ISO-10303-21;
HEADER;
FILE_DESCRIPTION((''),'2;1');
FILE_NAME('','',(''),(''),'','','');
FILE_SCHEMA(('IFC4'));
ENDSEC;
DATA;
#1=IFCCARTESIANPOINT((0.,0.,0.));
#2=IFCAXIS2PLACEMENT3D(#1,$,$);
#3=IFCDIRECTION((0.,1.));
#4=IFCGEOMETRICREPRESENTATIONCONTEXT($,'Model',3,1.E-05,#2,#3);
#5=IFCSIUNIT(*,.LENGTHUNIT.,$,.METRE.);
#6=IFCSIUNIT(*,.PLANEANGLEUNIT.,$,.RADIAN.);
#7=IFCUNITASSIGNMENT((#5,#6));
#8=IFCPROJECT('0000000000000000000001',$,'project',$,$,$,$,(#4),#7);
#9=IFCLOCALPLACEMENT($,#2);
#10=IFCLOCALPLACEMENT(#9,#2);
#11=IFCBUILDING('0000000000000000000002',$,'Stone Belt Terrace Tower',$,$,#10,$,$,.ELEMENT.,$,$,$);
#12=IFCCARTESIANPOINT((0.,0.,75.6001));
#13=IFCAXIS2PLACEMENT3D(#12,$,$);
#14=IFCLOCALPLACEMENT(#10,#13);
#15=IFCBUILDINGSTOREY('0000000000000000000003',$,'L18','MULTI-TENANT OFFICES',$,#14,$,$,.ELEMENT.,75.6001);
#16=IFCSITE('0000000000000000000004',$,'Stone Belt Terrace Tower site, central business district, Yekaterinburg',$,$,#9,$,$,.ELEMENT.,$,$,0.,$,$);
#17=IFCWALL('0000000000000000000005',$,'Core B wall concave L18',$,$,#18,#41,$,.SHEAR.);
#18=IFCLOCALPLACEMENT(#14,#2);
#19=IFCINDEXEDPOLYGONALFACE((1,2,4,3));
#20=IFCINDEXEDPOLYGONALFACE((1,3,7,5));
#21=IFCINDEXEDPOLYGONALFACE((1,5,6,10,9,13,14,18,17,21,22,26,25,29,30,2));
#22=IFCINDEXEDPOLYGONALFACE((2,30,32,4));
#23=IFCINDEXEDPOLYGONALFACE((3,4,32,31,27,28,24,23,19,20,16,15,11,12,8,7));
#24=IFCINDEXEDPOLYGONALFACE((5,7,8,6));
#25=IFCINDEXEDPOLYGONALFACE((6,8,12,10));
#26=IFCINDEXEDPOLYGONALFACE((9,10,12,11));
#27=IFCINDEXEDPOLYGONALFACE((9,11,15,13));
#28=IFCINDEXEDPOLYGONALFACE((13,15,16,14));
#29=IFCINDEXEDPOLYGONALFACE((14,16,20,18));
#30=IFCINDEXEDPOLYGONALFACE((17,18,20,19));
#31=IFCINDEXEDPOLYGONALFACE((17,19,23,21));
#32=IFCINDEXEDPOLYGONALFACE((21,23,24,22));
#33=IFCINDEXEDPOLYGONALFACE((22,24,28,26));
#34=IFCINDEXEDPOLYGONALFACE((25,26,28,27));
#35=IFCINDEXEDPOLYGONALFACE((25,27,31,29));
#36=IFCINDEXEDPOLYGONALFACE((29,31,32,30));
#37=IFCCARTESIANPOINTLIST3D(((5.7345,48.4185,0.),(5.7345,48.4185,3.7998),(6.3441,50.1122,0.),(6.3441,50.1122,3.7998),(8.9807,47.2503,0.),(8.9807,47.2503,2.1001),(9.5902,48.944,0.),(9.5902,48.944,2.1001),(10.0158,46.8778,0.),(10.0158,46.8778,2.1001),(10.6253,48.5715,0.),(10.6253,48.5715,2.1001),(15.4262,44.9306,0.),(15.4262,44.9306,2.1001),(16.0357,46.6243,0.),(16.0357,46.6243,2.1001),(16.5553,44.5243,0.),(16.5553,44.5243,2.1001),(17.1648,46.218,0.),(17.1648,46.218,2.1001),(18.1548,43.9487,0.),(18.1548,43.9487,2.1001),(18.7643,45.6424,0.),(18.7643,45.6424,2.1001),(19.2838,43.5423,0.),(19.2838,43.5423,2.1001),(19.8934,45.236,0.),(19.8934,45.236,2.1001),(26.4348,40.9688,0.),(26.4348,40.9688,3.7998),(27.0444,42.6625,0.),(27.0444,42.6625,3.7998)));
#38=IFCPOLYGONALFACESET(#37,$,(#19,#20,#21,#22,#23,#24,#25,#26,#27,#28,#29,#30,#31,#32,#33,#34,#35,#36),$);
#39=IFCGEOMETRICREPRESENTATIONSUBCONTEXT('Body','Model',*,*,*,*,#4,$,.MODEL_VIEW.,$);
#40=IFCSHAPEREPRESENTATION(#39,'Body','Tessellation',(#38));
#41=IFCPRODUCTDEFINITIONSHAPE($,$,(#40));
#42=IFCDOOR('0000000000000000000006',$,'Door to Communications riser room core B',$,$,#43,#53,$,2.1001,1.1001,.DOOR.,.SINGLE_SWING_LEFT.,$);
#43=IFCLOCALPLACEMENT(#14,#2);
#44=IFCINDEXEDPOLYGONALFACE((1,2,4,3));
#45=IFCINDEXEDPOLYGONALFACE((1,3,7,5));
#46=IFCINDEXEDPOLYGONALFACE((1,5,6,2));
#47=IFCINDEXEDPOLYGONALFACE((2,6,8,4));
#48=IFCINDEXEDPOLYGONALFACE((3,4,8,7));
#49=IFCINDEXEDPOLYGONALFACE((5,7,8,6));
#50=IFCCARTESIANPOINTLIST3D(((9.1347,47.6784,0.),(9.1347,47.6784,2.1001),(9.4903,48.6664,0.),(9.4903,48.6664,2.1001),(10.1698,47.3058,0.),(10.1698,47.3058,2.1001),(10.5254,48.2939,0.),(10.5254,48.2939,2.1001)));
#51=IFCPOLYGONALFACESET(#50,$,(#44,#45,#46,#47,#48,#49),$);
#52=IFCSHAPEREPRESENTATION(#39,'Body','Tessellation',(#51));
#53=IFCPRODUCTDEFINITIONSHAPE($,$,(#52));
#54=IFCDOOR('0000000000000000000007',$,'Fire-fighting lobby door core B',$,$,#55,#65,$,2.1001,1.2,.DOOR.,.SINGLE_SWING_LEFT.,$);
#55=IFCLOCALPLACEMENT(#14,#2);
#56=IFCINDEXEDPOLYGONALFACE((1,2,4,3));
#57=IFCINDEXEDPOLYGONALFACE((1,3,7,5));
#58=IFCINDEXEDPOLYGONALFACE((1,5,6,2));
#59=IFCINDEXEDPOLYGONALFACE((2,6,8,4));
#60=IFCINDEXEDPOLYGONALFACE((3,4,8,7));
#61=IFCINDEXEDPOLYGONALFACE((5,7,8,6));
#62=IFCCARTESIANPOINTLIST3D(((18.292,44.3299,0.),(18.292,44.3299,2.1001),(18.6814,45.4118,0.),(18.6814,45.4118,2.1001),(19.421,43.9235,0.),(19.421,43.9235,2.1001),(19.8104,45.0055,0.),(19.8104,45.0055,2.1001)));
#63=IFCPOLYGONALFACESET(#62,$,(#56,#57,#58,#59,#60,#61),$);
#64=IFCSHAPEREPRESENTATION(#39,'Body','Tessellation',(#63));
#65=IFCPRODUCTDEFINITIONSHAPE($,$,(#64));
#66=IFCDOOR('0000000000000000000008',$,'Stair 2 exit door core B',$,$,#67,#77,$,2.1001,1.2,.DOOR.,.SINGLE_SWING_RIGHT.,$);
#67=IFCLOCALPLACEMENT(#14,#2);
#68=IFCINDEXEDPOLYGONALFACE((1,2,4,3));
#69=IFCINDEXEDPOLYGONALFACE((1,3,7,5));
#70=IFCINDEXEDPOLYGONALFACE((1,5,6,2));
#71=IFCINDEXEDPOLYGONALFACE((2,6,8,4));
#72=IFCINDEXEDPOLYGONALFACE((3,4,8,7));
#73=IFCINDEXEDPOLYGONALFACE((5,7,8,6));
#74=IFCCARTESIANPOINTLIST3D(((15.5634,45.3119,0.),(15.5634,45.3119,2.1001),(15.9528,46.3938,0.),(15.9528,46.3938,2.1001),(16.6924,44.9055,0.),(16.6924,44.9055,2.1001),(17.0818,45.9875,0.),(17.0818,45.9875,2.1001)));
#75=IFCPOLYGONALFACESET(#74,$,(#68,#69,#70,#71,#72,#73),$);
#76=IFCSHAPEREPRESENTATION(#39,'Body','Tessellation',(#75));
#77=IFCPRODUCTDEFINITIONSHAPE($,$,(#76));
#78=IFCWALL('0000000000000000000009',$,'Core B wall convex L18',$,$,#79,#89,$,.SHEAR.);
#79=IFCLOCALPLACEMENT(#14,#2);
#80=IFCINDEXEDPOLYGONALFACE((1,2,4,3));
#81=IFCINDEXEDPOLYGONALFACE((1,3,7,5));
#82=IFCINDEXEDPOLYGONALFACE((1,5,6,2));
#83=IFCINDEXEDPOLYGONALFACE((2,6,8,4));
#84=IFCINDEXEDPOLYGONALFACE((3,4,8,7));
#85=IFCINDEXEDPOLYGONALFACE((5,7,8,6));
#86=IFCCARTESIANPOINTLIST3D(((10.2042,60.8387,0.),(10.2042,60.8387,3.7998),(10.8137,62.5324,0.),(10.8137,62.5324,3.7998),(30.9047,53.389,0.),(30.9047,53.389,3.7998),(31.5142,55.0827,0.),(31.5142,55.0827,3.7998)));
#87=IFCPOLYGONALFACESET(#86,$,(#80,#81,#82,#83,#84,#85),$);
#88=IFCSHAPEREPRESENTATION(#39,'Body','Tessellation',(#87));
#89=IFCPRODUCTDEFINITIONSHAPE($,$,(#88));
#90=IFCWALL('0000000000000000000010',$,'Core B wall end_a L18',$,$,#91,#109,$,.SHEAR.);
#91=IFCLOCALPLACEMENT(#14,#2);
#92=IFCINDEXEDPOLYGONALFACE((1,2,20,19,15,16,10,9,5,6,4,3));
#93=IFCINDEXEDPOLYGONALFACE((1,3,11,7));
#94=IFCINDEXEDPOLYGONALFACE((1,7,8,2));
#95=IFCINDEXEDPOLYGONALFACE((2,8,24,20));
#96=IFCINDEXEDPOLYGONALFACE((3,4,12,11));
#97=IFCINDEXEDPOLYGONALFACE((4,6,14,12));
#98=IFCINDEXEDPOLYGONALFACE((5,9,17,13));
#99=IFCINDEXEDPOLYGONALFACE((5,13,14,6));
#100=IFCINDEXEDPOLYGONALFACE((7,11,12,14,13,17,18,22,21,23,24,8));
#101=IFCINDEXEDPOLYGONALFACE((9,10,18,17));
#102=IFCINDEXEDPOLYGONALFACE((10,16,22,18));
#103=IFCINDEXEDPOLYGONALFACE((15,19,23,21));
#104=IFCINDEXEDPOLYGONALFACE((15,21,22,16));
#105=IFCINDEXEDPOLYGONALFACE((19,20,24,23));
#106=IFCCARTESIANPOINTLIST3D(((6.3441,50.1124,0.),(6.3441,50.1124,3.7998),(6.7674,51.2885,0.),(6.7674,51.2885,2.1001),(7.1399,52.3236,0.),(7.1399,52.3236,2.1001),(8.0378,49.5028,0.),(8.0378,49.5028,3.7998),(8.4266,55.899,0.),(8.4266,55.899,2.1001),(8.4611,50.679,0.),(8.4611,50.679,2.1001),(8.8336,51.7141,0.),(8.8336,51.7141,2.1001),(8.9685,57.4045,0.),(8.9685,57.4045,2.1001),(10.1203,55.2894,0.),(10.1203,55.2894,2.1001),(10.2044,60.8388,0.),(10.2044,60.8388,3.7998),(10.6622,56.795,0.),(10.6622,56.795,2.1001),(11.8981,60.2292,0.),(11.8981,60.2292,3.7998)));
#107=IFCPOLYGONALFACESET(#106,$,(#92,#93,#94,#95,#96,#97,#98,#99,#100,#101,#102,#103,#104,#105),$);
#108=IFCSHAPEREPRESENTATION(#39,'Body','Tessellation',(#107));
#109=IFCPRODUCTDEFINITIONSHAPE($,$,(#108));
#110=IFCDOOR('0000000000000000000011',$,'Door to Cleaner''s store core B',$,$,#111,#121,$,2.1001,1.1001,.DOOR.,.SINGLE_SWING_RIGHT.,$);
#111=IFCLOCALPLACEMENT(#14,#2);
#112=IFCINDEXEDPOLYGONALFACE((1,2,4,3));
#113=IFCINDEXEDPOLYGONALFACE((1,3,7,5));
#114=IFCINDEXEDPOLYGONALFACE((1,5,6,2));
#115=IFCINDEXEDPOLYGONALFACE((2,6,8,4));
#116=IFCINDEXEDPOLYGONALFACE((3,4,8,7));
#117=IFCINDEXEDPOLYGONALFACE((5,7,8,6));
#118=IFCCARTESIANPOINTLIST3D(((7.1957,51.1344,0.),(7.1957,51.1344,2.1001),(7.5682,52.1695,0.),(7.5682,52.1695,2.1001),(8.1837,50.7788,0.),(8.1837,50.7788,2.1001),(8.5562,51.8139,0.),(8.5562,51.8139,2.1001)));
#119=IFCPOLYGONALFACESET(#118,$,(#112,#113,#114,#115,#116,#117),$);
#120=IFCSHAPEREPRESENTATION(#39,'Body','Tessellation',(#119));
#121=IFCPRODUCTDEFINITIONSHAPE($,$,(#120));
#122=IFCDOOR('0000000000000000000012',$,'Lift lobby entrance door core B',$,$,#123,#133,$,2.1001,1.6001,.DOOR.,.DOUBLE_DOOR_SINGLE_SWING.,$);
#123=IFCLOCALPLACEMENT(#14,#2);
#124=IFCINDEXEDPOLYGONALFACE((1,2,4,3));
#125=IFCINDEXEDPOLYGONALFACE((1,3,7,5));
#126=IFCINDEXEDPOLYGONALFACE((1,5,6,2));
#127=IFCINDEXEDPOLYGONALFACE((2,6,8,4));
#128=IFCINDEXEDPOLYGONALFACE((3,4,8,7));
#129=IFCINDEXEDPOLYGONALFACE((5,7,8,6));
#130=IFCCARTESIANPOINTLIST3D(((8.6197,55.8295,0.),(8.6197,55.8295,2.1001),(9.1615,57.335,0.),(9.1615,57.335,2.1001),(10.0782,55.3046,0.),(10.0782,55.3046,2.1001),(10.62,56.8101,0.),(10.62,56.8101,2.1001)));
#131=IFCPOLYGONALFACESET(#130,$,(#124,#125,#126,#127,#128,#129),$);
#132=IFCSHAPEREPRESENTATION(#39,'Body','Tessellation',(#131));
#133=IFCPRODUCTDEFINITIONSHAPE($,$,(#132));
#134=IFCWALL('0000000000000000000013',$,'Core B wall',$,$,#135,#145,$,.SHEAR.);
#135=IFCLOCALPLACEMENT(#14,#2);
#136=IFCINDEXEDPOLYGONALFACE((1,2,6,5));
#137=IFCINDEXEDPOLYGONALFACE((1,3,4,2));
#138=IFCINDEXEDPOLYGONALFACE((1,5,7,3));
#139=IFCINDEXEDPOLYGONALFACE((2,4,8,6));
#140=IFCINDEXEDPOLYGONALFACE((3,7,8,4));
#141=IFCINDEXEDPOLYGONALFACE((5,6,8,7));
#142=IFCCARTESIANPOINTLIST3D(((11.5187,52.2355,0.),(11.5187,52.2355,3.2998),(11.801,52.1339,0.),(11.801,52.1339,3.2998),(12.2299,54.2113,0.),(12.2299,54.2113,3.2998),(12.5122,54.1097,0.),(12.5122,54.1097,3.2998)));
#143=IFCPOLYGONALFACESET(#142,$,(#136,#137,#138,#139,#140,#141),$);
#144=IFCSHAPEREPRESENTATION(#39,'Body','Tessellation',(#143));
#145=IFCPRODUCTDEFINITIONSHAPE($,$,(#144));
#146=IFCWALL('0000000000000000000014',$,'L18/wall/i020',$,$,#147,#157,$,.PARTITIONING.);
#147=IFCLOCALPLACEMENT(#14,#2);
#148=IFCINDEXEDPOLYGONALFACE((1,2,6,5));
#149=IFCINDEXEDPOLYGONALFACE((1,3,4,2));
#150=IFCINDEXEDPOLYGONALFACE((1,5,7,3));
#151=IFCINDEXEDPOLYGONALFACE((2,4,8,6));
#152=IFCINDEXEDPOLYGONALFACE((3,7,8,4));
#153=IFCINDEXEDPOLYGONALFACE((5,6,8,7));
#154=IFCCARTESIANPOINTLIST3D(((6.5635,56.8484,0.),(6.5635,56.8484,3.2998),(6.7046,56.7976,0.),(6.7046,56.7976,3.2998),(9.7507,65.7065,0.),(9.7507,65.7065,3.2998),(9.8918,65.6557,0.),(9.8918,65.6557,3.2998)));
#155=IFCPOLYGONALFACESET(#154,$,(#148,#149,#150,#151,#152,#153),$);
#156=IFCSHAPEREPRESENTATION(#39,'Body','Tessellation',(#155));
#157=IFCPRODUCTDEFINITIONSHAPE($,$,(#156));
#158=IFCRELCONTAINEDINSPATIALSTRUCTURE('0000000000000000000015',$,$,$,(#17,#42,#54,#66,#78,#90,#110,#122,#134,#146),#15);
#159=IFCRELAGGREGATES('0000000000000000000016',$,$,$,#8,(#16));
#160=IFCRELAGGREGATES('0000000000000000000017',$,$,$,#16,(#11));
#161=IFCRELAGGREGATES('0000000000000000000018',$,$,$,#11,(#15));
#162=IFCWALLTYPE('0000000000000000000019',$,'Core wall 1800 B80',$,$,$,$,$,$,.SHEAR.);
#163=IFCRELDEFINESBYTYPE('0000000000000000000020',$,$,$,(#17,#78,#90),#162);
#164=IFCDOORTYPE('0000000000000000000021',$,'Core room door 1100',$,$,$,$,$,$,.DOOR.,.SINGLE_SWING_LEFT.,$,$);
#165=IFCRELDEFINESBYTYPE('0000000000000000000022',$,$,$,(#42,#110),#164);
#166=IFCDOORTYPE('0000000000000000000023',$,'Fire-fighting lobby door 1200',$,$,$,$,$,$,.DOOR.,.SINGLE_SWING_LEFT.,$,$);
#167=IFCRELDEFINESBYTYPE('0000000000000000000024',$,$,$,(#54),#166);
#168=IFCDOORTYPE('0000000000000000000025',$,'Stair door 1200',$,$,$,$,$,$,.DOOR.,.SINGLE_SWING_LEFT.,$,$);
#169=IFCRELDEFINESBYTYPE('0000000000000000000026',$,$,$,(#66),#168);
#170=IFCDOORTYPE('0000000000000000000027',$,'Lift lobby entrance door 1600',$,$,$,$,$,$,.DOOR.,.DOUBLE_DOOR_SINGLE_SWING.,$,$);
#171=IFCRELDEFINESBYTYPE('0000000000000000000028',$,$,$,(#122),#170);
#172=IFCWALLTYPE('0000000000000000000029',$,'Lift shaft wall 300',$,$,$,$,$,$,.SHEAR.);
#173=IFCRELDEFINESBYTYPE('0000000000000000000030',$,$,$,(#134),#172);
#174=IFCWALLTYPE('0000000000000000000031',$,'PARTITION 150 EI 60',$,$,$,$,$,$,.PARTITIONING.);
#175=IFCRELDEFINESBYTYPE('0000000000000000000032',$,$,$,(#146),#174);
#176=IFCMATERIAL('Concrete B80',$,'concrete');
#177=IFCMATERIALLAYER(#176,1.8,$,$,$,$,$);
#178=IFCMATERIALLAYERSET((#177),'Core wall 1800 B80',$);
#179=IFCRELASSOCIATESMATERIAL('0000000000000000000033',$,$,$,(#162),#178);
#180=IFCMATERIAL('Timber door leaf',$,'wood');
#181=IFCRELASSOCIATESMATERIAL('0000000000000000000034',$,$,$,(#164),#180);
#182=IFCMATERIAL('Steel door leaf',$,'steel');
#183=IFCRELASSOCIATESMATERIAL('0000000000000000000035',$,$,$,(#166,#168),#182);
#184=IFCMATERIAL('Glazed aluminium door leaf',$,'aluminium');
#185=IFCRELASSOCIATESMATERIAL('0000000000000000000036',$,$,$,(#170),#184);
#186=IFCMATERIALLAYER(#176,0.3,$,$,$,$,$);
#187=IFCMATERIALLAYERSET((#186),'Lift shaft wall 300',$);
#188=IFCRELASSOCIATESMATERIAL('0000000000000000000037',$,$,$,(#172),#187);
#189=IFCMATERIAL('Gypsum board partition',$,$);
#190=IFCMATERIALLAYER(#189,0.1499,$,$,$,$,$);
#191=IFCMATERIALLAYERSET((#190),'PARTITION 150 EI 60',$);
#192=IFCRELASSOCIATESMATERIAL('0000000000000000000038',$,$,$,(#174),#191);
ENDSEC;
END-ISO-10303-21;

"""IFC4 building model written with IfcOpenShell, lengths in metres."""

from ifc_helpers import new_model, si_unit, direction, frame, frame_2d, origin, place, context, subcontext, project, spatial, rectangle, extrude, material, layer, layer_set, type_object, element, fill, save


model = new_model("IFC4")

# Units and contexts
model_context = context("Model", 3, precision=1e-05, world=origin(), true_north=direction((0.0, 1.0)))
body_context = subcontext(model_context, "Body", "Model", "MODEL_VIEW")
ifc_project = project(units=[si_unit("LENGTHUNIT", "METRE"), si_unit("PLANEANGLEUNIT", "RADIAN")], contexts=[model_context])

# Site, building, storey
site_placement = place(None, origin())
site = spatial("IfcSite", under=ifc_project, at=site_placement, Name="Stone Belt Terrace Tower site, central business district, Yekaterinburg", CompositionType="ELEMENT", RefElevation=0.0)
building_placement = place(site_placement, origin())
building = spatial("IfcBuilding", under=site, at=building_placement, Name="Stone Belt Terrace Tower", CompositionType="ELEMENT")
storey_placement = place(building_placement, frame((0.0, 0.0, 75.6001)))
storey = spatial("IfcBuildingStorey", under=building, at=storey_placement, Name="L18", Description="MULTI-TENANT OFFICES", CompositionType="ELEMENT", Elevation=75.6001)

# Shared definitions
ifc_material_1 = material(Name="Concrete B80", Category="concrete")

# Wall, openings, doors
ifc_layer_1 = layer(ifc_material_1, 1.8)
ifc_layer_set_1 = layer_set([ifc_layer_1], Name="Core wall 1800 B80")
wall_type_1 = type_object("IfcWallType", Name="Core wall 1800 B80", PredefinedType="SHEAR", material=ifc_layer_set_1)
wall_1_placement = place(storey_placement, frame((6.0393, 49.2654, 0.0), z_axis=(0.0, 0.0, 1.0), x_axis=(0.940922, -0.338624, 0.0)))
wall_1 = element("IfcWall", 1, at=wall_1_placement, inside=storey, type_object=wall_type_1, Name="Core B wall concave L18", PredefinedType="SHEAR", context=body_context, shape_type="SweptSolid", body=[
    extrude(rectangle(XDim=22.0, YDim=1.8, at=frame_2d((11.0, 0.0))), origin(), (0.0, 0.0, 1.0), 3.7998),
])
opening_1_placement = place(wall_1_placement, frame((13.2, 0.0, 0.0)))
opening_1 = element("IfcOpeningElement", 2, at=opening_1_placement, cuts=wall_1, PredefinedType="OPENING", context=body_context, shape_type="SweptSolid", body=[
    extrude(rectangle(XDim=1.2, YDim=2.1001, at=frame_2d((0.6001, 1.05))), frame((0.0, 0.9099, 0.0), z_axis=(0.0, -1.0, 0.0), x_axis=(1.0, 0.0, 0.0)), (0.0, 0.0, 1.0), 1.8201),
])
opening_2_placement = place(wall_1_placement, frame((10.3, 0.0, 0.0)))
opening_2 = element("IfcOpeningElement", 3, at=opening_2_placement, cuts=wall_1, PredefinedType="OPENING", context=body_context, shape_type="SweptSolid", body=[
    extrude(rectangle(XDim=1.2, YDim=2.1001, at=frame_2d((0.6001, 1.05))), frame((0.0, 0.9099, 0.0), z_axis=(0.0, -1.0, 0.0), x_axis=(1.0, 0.0, 0.0)), (0.0, 0.0, 1.0), 1.8201),
])
opening_3_placement = place(wall_1_placement, frame((3.45, 0.0, 0.0)))
opening_3 = element("IfcOpeningElement", 4, at=opening_3_placement, cuts=wall_1, PredefinedType="OPENING", context=body_context, shape_type="SweptSolid", body=[
    extrude(rectangle(XDim=1.1001, YDim=2.1001, at=frame_2d((0.55, 1.05))), frame((0.0, 0.9099, 0.0), z_axis=(0.0, -1.0, 0.0), x_axis=(1.0, 0.0, 0.0)), (0.0, 0.0, 1.0), 1.8201),
])
ifc_material_2 = material(Name="Timber door leaf", Category="wood")
door_type_1 = type_object("IfcDoorType", Name="Core room door 1100", OperationType="SINGLE_SWING_LEFT", PredefinedType="DOOR", material=ifc_material_2)
door_1_placement = place(opening_3_placement, origin())
door_1 = element("IfcDoor", 5, at=door_1_placement, inside=storey, type_object=door_type_1, Name="Door to Communications riser room core B", OperationType="SINGLE_SWING_LEFT", OverallHeight=2.1001, OverallWidth=1.1001, PredefinedType="DOOR", context=body_context, shape_type="SweptSolid", body=[
    extrude(rectangle(XDim=1.1001, YDim=2.1001, at=frame_2d((0.55, 1.05))), frame((0.0, 0.605, 0.0), z_axis=(0.0, -1.0, 0.0), x_axis=(1.0, 0.0, 0.0)), (0.0, 0.0, 1.0), 1.05),
])
fill(opening_3, door_1)
ifc_material_3 = material(Name="Steel door leaf", Category="steel")
door_type_2 = type_object("IfcDoorType", Name="Fire-fighting lobby door 1200", OperationType="SINGLE_SWING_LEFT", PredefinedType="DOOR", material=ifc_material_3)
door_2_placement = place(opening_1_placement, origin())
door_2 = element("IfcDoor", 6, at=door_2_placement, inside=storey, type_object=door_type_2, Name="Fire-fighting lobby door core B", OperationType="SINGLE_SWING_LEFT", OverallHeight=2.1001, OverallWidth=1.2, PredefinedType="DOOR", context=body_context, shape_type="SweptSolid", body=[
    extrude(rectangle(XDim=1.2, YDim=2.1001, at=frame_2d((0.6001, 1.05))), frame((0.0, 0.655, 0.0), z_axis=(0.0, -1.0, 0.0), x_axis=(1.0, 0.0, 0.0)), (0.0, 0.0, 1.0), 1.1499),
])
fill(opening_1, door_2)
door_type_3 = type_object("IfcDoorType", Name="Stair door 1200", OperationType="SINGLE_SWING_LEFT", PredefinedType="DOOR", material=ifc_material_3)
door_3_placement = place(opening_2_placement, origin())
door_3 = element("IfcDoor", 7, at=door_3_placement, inside=storey, type_object=door_type_3, Name="Stair 2 exit door core B", OperationType="SINGLE_SWING_RIGHT", OverallHeight=2.1001, OverallWidth=1.2, PredefinedType="DOOR", context=body_context, shape_type="SweptSolid", body=[
    extrude(rectangle(XDim=1.2, YDim=2.1001, at=frame_2d((0.6001, 1.05))), frame((0.0, 0.655, 0.0), z_axis=(0.0, -1.0, 0.0), x_axis=(1.0, 0.0, 0.0)), (0.0, 0.0, 1.0), 1.1499),
])
fill(opening_2, door_3)

# Wall
wall_2_placement = place(storey_placement, frame((10.509, 61.6855, 0.0), z_axis=(0.0, 0.0, 1.0), x_axis=(0.940923, -0.338621, 0.0)))
element("IfcWall", 8, at=wall_2_placement, inside=storey, type_object=wall_type_1, Name="Core B wall convex L18", PredefinedType="SHEAR", context=body_context, shape_type="SweptSolid", body=[
    extrude(rectangle(XDim=22.0002, YDim=1.8, at=frame_2d((11.0, 0.0))), origin(), (0.0, 0.0, 1.0), 3.7998),
])

# Wall, openings, doors
wall_3_placement = place(storey_placement, frame((7.1909, 49.8076, 0.0), z_axis=(0.0, 0.0, 1.0), x_axis=(0.338632, 0.940919, 0.0)))
wall_3 = element("IfcWall", 9, at=wall_3_placement, inside=storey, type_object=wall_type_1, Name="Core B wall end_a L18", PredefinedType="SHEAR", context=body_context, shape_type="SweptSolid", body=[
    extrude(rectangle(XDim=11.3999, YDim=1.8, at=frame_2d((5.7, 0.0))), origin(), (0.0, 0.0, 1.0), 3.7998),
])
opening_4_placement = place(wall_3_placement, frame((6.1499, 0.0, 0.0)))
opening_4 = element("IfcOpeningElement", 10, at=opening_4_placement, cuts=wall_3, PredefinedType="OPENING", context=body_context, shape_type="SweptSolid", body=[
    extrude(rectangle(XDim=1.6001, YDim=2.1001, at=frame_2d((0.8, 1.05))), frame((0.0, 0.9099, 0.0), z_axis=(0.0, -1.0, 0.0), x_axis=(1.0, 0.0, 0.0)), (0.0, 0.0, 1.0), 1.8201),
])
opening_5_placement = place(wall_3_placement, frame((1.25, 0.0, 0.0)))
opening_5 = element("IfcOpeningElement", 11, at=opening_5_placement, cuts=wall_3, PredefinedType="OPENING", context=body_context, shape_type="SweptSolid", body=[
    extrude(rectangle(XDim=1.1001, YDim=2.1001, at=frame_2d((0.55, 1.05))), frame((0.0, 0.9099, 0.0), z_axis=(0.0, -1.0, 0.0), x_axis=(1.0, 0.0, 0.0)), (0.0, 0.0, 1.0), 1.8201),
])
door_4_placement = place(opening_5_placement, origin())
door_4 = element("IfcDoor", 12, at=door_4_placement, inside=storey, type_object=door_type_1, Name="Door to Cleaner's store core B", OperationType="SINGLE_SWING_RIGHT", OverallHeight=2.1001, OverallWidth=1.1001, PredefinedType="DOOR", context=body_context, shape_type="SweptSolid", body=[
    extrude(rectangle(XDim=1.1001, YDim=2.1001, at=frame_2d((0.55, 1.05))), frame((0.0, 0.4448, 0.0), z_axis=(0.0, -1.0, 0.0), x_axis=(1.0, 0.0, 0.0)), (0.0, 0.0, 1.0), 1.05),
])
fill(opening_5, door_4)
ifc_material_4 = material(Name="Glazed aluminium door leaf", Category="aluminium")
door_type_4 = type_object("IfcDoorType", Name="Lift lobby entrance door 1600", OperationType="DOUBLE_DOOR_SINGLE_SWING", PredefinedType="DOOR", material=ifc_material_4)
door_5_placement = place(opening_4_placement, origin())
door_5 = element("IfcDoor", 13, at=door_5_placement, inside=storey, type_object=door_type_4, Name="Lift lobby entrance door core B", OperationType="DOUBLE_DOOR_SINGLE_SWING", OverallHeight=2.1001, OverallWidth=1.6001, PredefinedType="DOOR", context=body_context, shape_type="SweptSolid", body=[
    extrude(rectangle(XDim=1.6001, YDim=2.1001, at=frame_2d((0.8, 1.05))), frame((0.0, 0.6948, 0.0), z_axis=(0.0, -1.0, 0.0), x_axis=(1.0, 0.0, 0.0)), (0.0, 0.0, 1.0), 1.55),
])
fill(opening_4, door_5)

# Walls
ifc_layer_2 = layer(ifc_material_1, 0.3)
ifc_layer_set_2 = layer_set([ifc_layer_2], Name="Lift shaft wall 300")
wall_type_2 = type_object("IfcWallType", Name="Lift shaft wall 300", PredefinedType="SHEAR", material=ifc_layer_set_2)
wall_4_placement = place(storey_placement, frame((11.6599, 52.1848, 0.0), z_axis=(0.0, 0.0, 1.0), x_axis=(0.33867, 0.940905, 0.0)))
element("IfcWall", 14, at=wall_4_placement, inside=storey, type_object=wall_type_2, Name="Core B wall", PredefinedType="SHEAR", context=body_context, shape_type="SweptSolid", body=[
    extrude(rectangle(XDim=2.0999, YDim=0.3, at=frame_2d((1.0498, 0.0))), origin(), (0.0, 0.0, 1.0), 3.2998),
])
ifc_material_5 = material(Name="Gypsum board partition")
ifc_layer_3 = layer(ifc_material_5, 0.1499)
ifc_layer_set_3 = layer_set([ifc_layer_3], Name="PARTITION 150 EI 60")
wall_type_3 = type_object("IfcWallType", Name="PARTITION 150 EI 60", PredefinedType="PARTITIONING", material=ifc_layer_set_3)
wall_5_placement = place(storey_placement, frame((6.634, 56.823, 0.0), z_axis=(0.0, 0.0, 1.0), x_axis=(0.338562, 0.940944, 0.0)))
element("IfcWall", 15, at=wall_5_placement, inside=storey, type_object=wall_type_3, Name="L18/wall/i020", PredefinedType="PARTITIONING", context=body_context, shape_type="SweptSolid", body=[
    extrude(rectangle(XDim=9.4141, YDim=0.1499, at=frame_2d((4.707, 0.0))), origin(), (0.0, 0.0, 1.0), 3.2998),
])

save(model, "model.ifc")
